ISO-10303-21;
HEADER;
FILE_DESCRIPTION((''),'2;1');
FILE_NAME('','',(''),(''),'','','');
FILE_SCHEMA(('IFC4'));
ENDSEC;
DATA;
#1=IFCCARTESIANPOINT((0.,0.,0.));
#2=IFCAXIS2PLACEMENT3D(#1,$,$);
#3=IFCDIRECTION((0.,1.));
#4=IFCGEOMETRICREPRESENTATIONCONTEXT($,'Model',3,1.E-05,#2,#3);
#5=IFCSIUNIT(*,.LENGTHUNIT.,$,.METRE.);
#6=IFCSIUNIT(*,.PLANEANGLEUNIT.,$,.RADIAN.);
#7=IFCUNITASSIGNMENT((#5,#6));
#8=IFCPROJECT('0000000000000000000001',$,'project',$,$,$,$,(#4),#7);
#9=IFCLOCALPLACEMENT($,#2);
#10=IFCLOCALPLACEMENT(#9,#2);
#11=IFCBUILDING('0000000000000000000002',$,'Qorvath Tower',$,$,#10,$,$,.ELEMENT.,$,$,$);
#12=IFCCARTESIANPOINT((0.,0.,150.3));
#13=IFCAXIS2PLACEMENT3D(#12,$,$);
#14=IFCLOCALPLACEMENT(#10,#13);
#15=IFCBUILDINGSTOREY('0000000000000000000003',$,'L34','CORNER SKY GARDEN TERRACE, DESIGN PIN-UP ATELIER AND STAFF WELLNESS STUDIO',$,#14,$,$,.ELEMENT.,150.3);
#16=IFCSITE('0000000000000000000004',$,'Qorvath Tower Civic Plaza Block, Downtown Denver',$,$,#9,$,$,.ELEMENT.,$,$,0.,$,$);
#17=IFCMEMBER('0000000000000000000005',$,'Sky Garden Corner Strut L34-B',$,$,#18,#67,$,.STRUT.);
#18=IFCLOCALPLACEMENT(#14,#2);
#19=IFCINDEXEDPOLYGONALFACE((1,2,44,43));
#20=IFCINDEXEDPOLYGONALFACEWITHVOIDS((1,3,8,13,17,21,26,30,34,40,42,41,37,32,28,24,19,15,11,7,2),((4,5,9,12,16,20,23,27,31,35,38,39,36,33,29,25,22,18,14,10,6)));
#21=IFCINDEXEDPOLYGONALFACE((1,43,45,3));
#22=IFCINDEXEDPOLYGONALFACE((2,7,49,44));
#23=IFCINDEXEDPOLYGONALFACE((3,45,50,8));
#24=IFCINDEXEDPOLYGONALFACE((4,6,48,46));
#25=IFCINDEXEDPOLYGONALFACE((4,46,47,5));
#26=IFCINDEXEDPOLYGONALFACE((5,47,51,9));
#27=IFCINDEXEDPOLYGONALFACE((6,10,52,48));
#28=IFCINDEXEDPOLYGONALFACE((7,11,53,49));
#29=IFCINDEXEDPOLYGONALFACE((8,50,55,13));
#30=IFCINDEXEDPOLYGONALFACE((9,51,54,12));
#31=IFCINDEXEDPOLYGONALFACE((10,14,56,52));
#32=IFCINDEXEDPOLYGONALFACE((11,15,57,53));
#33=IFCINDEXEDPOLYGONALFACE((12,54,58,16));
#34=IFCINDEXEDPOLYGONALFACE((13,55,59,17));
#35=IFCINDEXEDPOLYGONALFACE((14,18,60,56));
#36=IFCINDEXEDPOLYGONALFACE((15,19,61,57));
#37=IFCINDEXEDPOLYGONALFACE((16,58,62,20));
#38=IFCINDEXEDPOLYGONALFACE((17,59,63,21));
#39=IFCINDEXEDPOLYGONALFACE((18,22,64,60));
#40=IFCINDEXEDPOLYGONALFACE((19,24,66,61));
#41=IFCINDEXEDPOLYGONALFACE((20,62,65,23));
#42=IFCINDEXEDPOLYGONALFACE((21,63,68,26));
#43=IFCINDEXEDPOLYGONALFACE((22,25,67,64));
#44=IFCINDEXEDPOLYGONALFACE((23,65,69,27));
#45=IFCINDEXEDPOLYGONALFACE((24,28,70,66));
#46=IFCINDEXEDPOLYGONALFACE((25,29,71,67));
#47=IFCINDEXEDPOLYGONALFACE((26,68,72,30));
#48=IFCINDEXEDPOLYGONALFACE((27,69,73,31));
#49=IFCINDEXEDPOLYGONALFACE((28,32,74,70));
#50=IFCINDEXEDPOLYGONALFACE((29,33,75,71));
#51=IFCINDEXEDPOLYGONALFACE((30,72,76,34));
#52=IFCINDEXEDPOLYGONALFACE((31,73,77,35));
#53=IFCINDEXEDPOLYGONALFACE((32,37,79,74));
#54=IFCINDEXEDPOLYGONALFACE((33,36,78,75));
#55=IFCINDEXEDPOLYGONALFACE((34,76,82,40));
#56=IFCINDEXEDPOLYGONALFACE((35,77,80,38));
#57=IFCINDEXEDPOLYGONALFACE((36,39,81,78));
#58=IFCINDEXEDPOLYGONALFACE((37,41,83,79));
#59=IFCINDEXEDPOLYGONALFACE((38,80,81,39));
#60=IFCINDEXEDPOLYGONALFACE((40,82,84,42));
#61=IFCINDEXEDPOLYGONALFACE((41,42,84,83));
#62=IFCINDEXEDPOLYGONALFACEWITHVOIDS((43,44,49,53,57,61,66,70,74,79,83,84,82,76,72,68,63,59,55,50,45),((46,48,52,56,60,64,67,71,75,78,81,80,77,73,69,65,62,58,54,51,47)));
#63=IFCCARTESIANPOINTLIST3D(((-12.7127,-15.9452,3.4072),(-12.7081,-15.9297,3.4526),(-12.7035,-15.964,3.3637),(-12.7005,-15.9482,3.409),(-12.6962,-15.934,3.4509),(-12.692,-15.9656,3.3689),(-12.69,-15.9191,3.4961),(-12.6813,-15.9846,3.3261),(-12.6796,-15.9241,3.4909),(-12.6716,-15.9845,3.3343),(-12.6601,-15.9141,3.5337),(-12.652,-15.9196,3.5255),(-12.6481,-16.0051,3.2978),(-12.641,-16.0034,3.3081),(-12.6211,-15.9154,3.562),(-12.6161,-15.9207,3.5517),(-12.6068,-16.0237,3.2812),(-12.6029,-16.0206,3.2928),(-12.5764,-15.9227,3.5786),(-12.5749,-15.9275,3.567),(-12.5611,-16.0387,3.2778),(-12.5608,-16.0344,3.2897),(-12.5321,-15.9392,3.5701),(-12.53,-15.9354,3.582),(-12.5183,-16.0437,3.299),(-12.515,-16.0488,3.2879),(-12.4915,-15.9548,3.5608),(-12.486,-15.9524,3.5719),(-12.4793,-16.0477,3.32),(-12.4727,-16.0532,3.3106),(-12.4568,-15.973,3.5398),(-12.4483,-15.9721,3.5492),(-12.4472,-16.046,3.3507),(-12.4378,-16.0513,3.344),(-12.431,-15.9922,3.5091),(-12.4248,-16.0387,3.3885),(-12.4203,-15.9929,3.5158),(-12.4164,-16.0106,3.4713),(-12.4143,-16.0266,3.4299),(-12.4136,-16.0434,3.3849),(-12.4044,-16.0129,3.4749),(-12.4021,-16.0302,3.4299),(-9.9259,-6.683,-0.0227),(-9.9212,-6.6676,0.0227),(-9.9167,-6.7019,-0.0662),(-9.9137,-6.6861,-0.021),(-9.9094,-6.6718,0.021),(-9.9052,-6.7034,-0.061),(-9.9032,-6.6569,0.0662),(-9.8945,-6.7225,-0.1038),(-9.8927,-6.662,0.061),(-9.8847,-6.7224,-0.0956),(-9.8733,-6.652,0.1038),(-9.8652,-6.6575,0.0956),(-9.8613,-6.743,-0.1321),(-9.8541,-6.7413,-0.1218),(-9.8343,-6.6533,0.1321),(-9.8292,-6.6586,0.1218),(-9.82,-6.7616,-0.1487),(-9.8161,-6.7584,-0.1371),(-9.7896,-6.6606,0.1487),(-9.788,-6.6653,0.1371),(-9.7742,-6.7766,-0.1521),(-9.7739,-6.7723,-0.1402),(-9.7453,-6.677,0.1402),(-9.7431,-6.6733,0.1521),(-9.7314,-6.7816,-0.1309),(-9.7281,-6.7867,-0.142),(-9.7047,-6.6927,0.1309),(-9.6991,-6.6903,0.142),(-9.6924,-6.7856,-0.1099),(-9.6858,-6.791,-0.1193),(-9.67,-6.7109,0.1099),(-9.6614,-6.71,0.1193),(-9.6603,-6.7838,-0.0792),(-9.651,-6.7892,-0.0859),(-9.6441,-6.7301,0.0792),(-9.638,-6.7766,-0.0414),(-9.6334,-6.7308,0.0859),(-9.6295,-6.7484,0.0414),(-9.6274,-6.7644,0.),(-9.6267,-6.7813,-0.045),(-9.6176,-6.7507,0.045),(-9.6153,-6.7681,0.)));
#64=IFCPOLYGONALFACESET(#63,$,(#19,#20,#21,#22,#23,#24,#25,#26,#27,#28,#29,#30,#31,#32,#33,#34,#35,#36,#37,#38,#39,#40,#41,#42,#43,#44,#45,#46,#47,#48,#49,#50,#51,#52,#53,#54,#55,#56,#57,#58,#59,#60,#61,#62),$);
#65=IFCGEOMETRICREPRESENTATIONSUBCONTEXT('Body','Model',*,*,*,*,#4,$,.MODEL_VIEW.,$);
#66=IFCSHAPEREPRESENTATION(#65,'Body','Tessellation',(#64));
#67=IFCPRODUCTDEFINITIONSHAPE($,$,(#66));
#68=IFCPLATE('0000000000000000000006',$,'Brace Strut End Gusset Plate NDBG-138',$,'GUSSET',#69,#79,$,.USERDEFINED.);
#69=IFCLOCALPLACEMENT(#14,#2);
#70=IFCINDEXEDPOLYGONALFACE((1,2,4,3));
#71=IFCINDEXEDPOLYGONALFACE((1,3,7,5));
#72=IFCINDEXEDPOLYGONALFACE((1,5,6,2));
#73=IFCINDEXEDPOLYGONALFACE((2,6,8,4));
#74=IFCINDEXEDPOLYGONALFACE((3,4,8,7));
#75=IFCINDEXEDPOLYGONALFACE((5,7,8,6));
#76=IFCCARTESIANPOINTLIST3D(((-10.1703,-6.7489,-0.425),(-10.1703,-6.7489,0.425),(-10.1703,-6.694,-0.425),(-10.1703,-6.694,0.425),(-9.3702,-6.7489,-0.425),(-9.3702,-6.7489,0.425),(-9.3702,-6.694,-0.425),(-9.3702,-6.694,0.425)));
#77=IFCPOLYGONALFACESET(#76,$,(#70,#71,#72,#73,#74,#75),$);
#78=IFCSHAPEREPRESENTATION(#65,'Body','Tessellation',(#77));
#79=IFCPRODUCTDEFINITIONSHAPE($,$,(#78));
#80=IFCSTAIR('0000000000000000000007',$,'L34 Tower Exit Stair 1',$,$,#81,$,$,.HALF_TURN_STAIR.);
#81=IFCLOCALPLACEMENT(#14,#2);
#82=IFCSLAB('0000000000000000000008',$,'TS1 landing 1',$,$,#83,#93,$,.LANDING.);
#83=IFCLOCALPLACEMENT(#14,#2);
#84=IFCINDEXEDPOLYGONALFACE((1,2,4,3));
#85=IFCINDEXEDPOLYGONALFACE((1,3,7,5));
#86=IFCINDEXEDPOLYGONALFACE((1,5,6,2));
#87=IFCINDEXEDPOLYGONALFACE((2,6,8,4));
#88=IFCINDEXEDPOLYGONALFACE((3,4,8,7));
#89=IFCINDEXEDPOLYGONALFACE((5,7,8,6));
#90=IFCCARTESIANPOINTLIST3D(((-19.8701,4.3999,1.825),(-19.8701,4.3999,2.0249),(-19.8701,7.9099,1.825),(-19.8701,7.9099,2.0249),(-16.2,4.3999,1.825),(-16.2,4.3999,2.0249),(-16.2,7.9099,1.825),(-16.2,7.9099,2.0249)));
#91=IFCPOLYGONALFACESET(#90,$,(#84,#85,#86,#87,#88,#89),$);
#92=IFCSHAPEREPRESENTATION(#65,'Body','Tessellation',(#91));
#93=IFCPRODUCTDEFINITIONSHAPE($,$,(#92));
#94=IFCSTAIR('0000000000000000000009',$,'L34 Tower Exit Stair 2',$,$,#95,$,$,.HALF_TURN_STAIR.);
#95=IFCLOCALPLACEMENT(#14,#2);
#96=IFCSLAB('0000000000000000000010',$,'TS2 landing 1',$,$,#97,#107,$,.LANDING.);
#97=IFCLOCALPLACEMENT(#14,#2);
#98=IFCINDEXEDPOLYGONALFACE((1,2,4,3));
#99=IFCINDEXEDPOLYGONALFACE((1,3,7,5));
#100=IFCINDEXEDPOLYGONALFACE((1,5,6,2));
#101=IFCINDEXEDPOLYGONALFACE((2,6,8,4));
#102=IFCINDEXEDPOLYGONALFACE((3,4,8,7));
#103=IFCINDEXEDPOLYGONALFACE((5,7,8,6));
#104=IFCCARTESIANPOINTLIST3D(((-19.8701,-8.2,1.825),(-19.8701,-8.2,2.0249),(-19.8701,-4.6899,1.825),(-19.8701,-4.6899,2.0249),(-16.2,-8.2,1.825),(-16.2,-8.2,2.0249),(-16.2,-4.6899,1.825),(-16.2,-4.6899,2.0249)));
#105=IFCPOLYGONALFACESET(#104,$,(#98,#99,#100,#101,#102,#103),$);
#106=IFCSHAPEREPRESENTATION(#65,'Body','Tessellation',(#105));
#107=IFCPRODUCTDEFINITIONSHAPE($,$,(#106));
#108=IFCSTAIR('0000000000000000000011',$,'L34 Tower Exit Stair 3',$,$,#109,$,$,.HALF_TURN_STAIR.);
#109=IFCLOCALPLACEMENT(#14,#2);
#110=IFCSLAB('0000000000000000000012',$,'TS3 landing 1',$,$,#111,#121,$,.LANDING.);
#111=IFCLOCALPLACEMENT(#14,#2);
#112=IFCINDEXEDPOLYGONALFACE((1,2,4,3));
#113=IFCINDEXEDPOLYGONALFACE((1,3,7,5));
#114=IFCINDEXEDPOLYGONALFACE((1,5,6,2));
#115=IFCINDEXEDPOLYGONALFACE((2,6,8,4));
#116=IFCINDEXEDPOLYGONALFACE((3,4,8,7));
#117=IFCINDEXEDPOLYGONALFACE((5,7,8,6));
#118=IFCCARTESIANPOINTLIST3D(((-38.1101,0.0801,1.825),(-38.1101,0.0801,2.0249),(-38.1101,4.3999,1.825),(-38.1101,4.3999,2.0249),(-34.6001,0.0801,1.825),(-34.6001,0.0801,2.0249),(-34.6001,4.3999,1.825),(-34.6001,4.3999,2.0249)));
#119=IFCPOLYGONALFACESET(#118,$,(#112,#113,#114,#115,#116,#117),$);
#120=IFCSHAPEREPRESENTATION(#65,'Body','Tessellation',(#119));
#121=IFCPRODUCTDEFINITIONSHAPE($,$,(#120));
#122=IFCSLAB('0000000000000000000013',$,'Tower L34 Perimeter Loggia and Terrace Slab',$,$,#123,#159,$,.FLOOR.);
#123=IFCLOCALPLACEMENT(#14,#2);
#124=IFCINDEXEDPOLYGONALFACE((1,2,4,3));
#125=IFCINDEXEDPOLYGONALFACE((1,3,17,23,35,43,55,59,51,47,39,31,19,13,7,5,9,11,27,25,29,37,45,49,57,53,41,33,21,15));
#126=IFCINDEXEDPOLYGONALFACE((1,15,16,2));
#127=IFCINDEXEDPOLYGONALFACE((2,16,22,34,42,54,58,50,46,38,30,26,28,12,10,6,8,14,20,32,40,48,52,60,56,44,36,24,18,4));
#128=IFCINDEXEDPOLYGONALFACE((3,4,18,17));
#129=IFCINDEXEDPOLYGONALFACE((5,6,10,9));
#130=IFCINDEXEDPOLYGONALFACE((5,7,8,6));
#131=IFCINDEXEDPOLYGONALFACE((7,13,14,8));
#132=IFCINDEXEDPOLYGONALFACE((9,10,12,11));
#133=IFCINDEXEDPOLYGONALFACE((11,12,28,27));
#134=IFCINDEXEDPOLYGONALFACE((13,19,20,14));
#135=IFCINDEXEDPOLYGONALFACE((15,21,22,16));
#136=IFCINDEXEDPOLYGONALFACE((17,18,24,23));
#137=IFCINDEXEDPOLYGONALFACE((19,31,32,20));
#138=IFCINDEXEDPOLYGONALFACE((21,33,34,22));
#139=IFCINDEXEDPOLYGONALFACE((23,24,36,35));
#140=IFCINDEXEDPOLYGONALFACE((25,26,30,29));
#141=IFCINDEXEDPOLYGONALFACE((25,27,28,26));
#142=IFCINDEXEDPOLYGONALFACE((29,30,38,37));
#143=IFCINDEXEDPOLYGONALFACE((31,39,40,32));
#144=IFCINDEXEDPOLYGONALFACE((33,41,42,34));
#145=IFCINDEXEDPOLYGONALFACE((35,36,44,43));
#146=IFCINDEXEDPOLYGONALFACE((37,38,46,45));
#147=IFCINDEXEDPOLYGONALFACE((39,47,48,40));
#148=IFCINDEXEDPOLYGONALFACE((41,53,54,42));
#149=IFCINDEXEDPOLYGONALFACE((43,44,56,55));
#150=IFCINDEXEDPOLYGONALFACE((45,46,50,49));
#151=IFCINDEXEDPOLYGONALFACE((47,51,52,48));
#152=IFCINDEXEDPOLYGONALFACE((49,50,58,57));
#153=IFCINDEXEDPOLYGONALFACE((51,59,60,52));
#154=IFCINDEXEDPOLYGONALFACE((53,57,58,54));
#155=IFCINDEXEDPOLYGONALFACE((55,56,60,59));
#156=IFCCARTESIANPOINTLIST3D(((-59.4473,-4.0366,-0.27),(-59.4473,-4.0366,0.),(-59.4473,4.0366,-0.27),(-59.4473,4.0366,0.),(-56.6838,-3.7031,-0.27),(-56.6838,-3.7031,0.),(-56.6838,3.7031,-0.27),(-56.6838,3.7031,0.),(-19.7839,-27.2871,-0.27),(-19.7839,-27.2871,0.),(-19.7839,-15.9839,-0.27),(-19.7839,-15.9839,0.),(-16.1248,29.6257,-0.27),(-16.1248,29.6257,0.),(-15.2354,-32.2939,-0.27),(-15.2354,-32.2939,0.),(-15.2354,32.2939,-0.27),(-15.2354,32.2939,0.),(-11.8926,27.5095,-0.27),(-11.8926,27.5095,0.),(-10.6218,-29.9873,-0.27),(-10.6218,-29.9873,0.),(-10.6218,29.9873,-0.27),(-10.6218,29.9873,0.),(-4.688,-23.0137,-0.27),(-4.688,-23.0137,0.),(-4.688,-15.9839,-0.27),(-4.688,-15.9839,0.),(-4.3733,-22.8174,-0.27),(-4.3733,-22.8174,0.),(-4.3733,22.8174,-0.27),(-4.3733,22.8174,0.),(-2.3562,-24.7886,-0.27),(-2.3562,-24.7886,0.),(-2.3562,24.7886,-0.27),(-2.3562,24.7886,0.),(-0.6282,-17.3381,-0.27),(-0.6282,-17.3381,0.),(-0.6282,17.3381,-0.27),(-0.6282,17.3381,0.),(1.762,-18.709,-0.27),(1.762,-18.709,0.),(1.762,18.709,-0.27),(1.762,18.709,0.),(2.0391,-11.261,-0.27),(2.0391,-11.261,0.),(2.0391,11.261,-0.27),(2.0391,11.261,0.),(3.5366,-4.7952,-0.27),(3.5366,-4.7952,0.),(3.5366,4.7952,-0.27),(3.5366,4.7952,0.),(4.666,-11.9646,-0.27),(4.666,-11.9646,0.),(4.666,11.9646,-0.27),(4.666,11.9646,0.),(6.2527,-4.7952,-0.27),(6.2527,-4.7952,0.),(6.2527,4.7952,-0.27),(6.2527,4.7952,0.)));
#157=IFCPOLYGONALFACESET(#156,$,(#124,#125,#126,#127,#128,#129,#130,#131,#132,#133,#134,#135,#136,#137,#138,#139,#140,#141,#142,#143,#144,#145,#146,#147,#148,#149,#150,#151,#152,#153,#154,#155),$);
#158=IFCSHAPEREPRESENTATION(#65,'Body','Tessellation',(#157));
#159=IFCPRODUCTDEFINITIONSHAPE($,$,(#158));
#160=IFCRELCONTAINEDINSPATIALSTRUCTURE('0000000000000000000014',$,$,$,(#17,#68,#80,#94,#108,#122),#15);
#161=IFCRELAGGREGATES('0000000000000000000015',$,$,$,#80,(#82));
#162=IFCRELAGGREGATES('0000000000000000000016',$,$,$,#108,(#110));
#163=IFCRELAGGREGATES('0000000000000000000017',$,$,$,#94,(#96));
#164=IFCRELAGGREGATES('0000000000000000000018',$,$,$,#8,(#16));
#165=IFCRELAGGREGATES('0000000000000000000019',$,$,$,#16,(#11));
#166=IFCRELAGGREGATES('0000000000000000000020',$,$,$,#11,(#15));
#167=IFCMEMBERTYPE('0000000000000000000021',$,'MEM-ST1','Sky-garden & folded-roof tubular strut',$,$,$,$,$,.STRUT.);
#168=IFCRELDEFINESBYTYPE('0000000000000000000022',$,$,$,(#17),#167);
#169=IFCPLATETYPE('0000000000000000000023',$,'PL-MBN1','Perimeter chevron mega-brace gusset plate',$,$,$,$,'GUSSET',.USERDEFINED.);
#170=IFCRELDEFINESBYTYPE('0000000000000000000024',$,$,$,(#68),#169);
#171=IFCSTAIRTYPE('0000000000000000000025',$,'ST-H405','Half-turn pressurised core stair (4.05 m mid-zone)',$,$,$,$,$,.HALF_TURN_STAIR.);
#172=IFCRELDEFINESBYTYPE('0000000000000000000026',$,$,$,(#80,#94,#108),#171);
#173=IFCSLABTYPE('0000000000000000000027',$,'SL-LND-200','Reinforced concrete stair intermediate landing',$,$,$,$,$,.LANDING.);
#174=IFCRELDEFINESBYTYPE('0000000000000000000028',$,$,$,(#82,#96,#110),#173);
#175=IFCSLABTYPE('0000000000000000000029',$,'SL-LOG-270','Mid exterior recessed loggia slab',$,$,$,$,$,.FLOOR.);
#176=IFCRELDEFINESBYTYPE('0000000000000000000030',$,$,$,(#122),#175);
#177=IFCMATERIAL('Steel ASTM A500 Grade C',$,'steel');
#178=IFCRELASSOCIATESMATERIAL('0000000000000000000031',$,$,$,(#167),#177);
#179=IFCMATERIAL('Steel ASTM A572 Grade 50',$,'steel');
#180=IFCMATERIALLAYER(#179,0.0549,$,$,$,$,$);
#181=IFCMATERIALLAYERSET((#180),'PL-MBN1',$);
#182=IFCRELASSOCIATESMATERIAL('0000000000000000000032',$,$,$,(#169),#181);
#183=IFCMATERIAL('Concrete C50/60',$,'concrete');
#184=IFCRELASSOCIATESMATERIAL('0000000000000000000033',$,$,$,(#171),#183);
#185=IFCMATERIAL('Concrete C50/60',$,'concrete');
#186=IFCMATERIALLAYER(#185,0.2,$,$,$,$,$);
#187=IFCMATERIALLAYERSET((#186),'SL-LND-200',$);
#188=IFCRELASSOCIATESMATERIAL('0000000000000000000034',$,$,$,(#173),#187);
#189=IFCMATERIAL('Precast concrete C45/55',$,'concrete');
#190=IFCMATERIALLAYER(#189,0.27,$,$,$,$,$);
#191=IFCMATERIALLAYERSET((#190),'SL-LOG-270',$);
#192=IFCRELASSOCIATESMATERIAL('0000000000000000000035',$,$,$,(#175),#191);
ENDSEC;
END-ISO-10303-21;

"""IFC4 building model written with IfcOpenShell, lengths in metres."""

from ifc_helpers import new_model, si_unit, direction, frame, origin, origin_2d, place, context, subcontext, project, spatial, polyline, rectangle, hollow_circle, outline, extrude, material, layer, layer_set, material_profile, profile_set, type_object, element, aggregate, save


model = new_model("IFC4")

# Units and contexts
model_context = context("Model", 3, precision=1e-05, world=origin(), true_north=direction((0.0, 1.0)))
body_context = subcontext(model_context, "Body", "Model", "MODEL_VIEW")
ifc_project = project(units=[si_unit("LENGTHUNIT", "METRE"), si_unit("PLANEANGLEUNIT", "RADIAN")], contexts=[model_context])

# Site, building, storey
site_placement = place(None, origin())
site = spatial("IfcSite", under=ifc_project, at=site_placement, Name="Qorvath Tower Civic Plaza Block, Downtown Denver", CompositionType="ELEMENT", RefElevation=0.0)
building_placement = place(site_placement, origin())
building = spatial("IfcBuilding", under=site, at=building_placement, Name="Qorvath Tower", CompositionType="ELEMENT")
storey_placement = place(building_placement, frame((0.0, 0.0, 150.3)))
storey = spatial("IfcBuildingStorey", under=building, at=storey_placement, Name="L34", Description="CORNER SKY GARDEN TERRACE, DESIGN PIN-UP ATELIER AND STAFF WELLNESS STUDIO", CompositionType="ELEMENT", Elevation=150.3)

# Member
ifc_material_1 = material(Name="Steel ASTM A500 Grade C", Category="steel")
ifc_material_profile = material_profile(ifc_material_1, hollow_circle(Radius=0.1619, WallThickness=0.0127, at=origin_2d()), Name="CHS 324x12.7")
ifc_profile_set = profile_set([ifc_material_profile], Name="Steel ASTM A500 Grade C")
member_type = type_object("IfcMemberType", Name="MEM-ST1", Description="Sky-garden & folded-roof tubular strut", PredefinedType="STRUT", material=ifc_profile_set)
member_placement = place(storey_placement, frame((-9.7703, -6.7214, 0.0), z_axis=(-0.271557, -0.902527, 0.334219), x_axis=(0.957593, -0.288126, 0.0)))
element("IfcMember", 1, at=member_placement, inside=storey, type_object=member_type, Name="Sky Garden Corner Strut L34-B", PredefinedType="STRUT", context=body_context, shape_type="SweptSolid", body=[
    extrude(hollow_circle(Radius=0.1619, WallThickness=0.0127, at=origin_2d()), origin(), (0.0, 0.0, 1.0), 10.2625),
])

# Plate
ifc_material_2 = material(Name="Steel ASTM A572 Grade 50", Category="steel")
ifc_layer_1 = layer(ifc_material_2, 0.0549)
ifc_layer_set_1 = layer_set([ifc_layer_1], Name="PL-MBN1")
plate_type = type_object("IfcPlateType", Name="PL-MBN1", Description="Perimeter chevron mega-brace gusset plate", ElementType="GUSSET", PredefinedType="USERDEFINED", material=ifc_layer_set_1)
plate_placement = place(storey_placement, frame((-9.7703, -6.7214, -0.425), z_axis=(0.0, 0.0, 1.0), x_axis=(1.0, 0.0, 0.0)))
element("IfcPlate", 2, at=plate_placement, inside=storey, type_object=plate_type, Name="Brace Strut End Gusset Plate NDBG-138", ObjectType="GUSSET", PredefinedType="USERDEFINED", context=body_context, shape_type="SweptSolid", body=[
    extrude(rectangle(XDim=0.8, YDim=0.0549, at=origin_2d()), origin(), (0.0, 0.0, 1.0), 0.8501),
])

# Stairs, slabs
ifc_material_3 = material(Name="Concrete C50/60", Category="concrete")
stair_type = type_object("IfcStairType", Name="ST-H405", Description="Half-turn pressurised core stair (4.05 m mid-zone)", PredefinedType="HALF_TURN_STAIR", material=ifc_material_3)
stair_1_placement = place(storey_placement, origin())
stair_1 = element("IfcStair", 3, at=stair_1_placement, inside=storey, type_object=stair_type, Name="L34 Tower Exit Stair 1", PredefinedType="HALF_TURN_STAIR")
ifc_material_4 = material(Name="Concrete C50/60", Category="concrete")
ifc_layer_2 = layer(ifc_material_4, 0.2)
ifc_layer_set_2 = layer_set([ifc_layer_2], Name="SL-LND-200")
slab_type_1 = type_object("IfcSlabType", Name="SL-LND-200", Description="Reinforced concrete stair intermediate landing", PredefinedType="LANDING", material=ifc_layer_set_2)
slab_1_placement = place(storey_placement, frame((0.0, 0.0, 1.825)))
slab_1 = element("IfcSlab", 4, at=slab_1_placement, type_object=slab_type_1, Name="TS1 landing 1", PredefinedType="LANDING", context=body_context, shape_type="SweptSolid", body=[
    extrude(outline(polyline([(-19.8701, 4.3999), (-16.2, 4.3999), (-16.2, 7.9099), (-19.8701, 7.9099), (-19.8701, 4.3999)])), origin(), (0.0, 0.0, 1.0), 0.2),
])
aggregate(stair_1, [slab_1])
stair_2_placement = place(storey_placement, origin())
stair_2 = element("IfcStair", 5, at=stair_2_placement, inside=storey, type_object=stair_type, Name="L34 Tower Exit Stair 2", PredefinedType="HALF_TURN_STAIR")
slab_2_placement = place(storey_placement, frame((0.0, 0.0, 1.825)))
slab_2 = element("IfcSlab", 6, at=slab_2_placement, type_object=slab_type_1, Name="TS2 landing 1", PredefinedType="LANDING", context=body_context, shape_type="SweptSolid", body=[
    extrude(outline(polyline([(-19.8701, -8.2), (-16.2, -8.2), (-16.2, -4.6899), (-19.8701, -4.6899), (-19.8701, -8.2)])), origin(), (0.0, 0.0, 1.0), 0.2),
])
stair_3_placement = place(storey_placement, origin())
stair_3 = element("IfcStair", 7, at=stair_3_placement, inside=storey, type_object=stair_type, Name="L34 Tower Exit Stair 3", PredefinedType="HALF_TURN_STAIR")
slab_3_placement = place(storey_placement, frame((0.0, 0.0, 1.825)))
slab_3 = element("IfcSlab", 8, at=slab_3_placement, type_object=slab_type_1, Name="TS3 landing 1", PredefinedType="LANDING", context=body_context, shape_type="SweptSolid", body=[
    extrude(outline(polyline([(-34.6001, 0.0801), (-34.6001, 4.3999), (-38.1101, 4.3999), (-38.1101, 0.0801), (-34.6001, 0.0801)])), origin(), (0.0, 0.0, 1.0), 0.2),
])
aggregate(stair_3, [slab_3])

# Slab
ifc_material_5 = material(Name="Precast concrete C45/55", Category="concrete")
ifc_layer_3 = layer(ifc_material_5, 0.27)
ifc_layer_set_3 = layer_set([ifc_layer_3], Name="SL-LOG-270")
slab_type_2 = type_object("IfcSlabType", Name="SL-LOG-270", Description="Mid exterior recessed loggia slab", PredefinedType="FLOOR", material=ifc_layer_set_3)
slab_4_placement = place(storey_placement, frame((0.0, 0.0, -0.27)))
element("IfcSlab", 9, at=slab_4_placement, inside=storey, type_object=slab_type_2, Name="Tower L34 Perimeter Loggia and Terrace Slab", PredefinedType="FLOOR", context=body_context, shape_type="SweptSolid", body=[
    extrude(outline(polyline([(3.5366, -4.7952), (2.0391, -11.261), (-0.6282, -17.3381), (-4.3733, -22.8174), (-4.688, -23.0137), (-4.688, -15.9839), (-19.7839, -15.9839), (-19.7839, -27.2871), (-56.6838, -3.7031), (-56.6838, 3.7031), (-16.1248, 29.6257), (-11.8926, 27.5095), (-4.3733, 22.8174), (-0.6282, 17.3381), (2.0391, 11.261), (3.5366, 4.7952), (6.2527, 4.7952), (4.666, 11.9646), (1.762, 18.709), (-2.3562, 24.7886), (-10.6218, 29.9873), (-15.2354, 32.2939), (-59.4473, 4.0366), (-59.4473, -4.0366), (-15.2354, -32.2939), (-10.6218, -29.9873), (-2.3562, -24.7886), (1.762, -18.709), (4.666, -11.9646), (6.2527, -4.7952), (3.5366, -4.7952)])), origin(), (0.0, 0.0, 1.0), 0.27),
])

aggregate(stair_2, [slab_2])

save(model, "model.ifc")
